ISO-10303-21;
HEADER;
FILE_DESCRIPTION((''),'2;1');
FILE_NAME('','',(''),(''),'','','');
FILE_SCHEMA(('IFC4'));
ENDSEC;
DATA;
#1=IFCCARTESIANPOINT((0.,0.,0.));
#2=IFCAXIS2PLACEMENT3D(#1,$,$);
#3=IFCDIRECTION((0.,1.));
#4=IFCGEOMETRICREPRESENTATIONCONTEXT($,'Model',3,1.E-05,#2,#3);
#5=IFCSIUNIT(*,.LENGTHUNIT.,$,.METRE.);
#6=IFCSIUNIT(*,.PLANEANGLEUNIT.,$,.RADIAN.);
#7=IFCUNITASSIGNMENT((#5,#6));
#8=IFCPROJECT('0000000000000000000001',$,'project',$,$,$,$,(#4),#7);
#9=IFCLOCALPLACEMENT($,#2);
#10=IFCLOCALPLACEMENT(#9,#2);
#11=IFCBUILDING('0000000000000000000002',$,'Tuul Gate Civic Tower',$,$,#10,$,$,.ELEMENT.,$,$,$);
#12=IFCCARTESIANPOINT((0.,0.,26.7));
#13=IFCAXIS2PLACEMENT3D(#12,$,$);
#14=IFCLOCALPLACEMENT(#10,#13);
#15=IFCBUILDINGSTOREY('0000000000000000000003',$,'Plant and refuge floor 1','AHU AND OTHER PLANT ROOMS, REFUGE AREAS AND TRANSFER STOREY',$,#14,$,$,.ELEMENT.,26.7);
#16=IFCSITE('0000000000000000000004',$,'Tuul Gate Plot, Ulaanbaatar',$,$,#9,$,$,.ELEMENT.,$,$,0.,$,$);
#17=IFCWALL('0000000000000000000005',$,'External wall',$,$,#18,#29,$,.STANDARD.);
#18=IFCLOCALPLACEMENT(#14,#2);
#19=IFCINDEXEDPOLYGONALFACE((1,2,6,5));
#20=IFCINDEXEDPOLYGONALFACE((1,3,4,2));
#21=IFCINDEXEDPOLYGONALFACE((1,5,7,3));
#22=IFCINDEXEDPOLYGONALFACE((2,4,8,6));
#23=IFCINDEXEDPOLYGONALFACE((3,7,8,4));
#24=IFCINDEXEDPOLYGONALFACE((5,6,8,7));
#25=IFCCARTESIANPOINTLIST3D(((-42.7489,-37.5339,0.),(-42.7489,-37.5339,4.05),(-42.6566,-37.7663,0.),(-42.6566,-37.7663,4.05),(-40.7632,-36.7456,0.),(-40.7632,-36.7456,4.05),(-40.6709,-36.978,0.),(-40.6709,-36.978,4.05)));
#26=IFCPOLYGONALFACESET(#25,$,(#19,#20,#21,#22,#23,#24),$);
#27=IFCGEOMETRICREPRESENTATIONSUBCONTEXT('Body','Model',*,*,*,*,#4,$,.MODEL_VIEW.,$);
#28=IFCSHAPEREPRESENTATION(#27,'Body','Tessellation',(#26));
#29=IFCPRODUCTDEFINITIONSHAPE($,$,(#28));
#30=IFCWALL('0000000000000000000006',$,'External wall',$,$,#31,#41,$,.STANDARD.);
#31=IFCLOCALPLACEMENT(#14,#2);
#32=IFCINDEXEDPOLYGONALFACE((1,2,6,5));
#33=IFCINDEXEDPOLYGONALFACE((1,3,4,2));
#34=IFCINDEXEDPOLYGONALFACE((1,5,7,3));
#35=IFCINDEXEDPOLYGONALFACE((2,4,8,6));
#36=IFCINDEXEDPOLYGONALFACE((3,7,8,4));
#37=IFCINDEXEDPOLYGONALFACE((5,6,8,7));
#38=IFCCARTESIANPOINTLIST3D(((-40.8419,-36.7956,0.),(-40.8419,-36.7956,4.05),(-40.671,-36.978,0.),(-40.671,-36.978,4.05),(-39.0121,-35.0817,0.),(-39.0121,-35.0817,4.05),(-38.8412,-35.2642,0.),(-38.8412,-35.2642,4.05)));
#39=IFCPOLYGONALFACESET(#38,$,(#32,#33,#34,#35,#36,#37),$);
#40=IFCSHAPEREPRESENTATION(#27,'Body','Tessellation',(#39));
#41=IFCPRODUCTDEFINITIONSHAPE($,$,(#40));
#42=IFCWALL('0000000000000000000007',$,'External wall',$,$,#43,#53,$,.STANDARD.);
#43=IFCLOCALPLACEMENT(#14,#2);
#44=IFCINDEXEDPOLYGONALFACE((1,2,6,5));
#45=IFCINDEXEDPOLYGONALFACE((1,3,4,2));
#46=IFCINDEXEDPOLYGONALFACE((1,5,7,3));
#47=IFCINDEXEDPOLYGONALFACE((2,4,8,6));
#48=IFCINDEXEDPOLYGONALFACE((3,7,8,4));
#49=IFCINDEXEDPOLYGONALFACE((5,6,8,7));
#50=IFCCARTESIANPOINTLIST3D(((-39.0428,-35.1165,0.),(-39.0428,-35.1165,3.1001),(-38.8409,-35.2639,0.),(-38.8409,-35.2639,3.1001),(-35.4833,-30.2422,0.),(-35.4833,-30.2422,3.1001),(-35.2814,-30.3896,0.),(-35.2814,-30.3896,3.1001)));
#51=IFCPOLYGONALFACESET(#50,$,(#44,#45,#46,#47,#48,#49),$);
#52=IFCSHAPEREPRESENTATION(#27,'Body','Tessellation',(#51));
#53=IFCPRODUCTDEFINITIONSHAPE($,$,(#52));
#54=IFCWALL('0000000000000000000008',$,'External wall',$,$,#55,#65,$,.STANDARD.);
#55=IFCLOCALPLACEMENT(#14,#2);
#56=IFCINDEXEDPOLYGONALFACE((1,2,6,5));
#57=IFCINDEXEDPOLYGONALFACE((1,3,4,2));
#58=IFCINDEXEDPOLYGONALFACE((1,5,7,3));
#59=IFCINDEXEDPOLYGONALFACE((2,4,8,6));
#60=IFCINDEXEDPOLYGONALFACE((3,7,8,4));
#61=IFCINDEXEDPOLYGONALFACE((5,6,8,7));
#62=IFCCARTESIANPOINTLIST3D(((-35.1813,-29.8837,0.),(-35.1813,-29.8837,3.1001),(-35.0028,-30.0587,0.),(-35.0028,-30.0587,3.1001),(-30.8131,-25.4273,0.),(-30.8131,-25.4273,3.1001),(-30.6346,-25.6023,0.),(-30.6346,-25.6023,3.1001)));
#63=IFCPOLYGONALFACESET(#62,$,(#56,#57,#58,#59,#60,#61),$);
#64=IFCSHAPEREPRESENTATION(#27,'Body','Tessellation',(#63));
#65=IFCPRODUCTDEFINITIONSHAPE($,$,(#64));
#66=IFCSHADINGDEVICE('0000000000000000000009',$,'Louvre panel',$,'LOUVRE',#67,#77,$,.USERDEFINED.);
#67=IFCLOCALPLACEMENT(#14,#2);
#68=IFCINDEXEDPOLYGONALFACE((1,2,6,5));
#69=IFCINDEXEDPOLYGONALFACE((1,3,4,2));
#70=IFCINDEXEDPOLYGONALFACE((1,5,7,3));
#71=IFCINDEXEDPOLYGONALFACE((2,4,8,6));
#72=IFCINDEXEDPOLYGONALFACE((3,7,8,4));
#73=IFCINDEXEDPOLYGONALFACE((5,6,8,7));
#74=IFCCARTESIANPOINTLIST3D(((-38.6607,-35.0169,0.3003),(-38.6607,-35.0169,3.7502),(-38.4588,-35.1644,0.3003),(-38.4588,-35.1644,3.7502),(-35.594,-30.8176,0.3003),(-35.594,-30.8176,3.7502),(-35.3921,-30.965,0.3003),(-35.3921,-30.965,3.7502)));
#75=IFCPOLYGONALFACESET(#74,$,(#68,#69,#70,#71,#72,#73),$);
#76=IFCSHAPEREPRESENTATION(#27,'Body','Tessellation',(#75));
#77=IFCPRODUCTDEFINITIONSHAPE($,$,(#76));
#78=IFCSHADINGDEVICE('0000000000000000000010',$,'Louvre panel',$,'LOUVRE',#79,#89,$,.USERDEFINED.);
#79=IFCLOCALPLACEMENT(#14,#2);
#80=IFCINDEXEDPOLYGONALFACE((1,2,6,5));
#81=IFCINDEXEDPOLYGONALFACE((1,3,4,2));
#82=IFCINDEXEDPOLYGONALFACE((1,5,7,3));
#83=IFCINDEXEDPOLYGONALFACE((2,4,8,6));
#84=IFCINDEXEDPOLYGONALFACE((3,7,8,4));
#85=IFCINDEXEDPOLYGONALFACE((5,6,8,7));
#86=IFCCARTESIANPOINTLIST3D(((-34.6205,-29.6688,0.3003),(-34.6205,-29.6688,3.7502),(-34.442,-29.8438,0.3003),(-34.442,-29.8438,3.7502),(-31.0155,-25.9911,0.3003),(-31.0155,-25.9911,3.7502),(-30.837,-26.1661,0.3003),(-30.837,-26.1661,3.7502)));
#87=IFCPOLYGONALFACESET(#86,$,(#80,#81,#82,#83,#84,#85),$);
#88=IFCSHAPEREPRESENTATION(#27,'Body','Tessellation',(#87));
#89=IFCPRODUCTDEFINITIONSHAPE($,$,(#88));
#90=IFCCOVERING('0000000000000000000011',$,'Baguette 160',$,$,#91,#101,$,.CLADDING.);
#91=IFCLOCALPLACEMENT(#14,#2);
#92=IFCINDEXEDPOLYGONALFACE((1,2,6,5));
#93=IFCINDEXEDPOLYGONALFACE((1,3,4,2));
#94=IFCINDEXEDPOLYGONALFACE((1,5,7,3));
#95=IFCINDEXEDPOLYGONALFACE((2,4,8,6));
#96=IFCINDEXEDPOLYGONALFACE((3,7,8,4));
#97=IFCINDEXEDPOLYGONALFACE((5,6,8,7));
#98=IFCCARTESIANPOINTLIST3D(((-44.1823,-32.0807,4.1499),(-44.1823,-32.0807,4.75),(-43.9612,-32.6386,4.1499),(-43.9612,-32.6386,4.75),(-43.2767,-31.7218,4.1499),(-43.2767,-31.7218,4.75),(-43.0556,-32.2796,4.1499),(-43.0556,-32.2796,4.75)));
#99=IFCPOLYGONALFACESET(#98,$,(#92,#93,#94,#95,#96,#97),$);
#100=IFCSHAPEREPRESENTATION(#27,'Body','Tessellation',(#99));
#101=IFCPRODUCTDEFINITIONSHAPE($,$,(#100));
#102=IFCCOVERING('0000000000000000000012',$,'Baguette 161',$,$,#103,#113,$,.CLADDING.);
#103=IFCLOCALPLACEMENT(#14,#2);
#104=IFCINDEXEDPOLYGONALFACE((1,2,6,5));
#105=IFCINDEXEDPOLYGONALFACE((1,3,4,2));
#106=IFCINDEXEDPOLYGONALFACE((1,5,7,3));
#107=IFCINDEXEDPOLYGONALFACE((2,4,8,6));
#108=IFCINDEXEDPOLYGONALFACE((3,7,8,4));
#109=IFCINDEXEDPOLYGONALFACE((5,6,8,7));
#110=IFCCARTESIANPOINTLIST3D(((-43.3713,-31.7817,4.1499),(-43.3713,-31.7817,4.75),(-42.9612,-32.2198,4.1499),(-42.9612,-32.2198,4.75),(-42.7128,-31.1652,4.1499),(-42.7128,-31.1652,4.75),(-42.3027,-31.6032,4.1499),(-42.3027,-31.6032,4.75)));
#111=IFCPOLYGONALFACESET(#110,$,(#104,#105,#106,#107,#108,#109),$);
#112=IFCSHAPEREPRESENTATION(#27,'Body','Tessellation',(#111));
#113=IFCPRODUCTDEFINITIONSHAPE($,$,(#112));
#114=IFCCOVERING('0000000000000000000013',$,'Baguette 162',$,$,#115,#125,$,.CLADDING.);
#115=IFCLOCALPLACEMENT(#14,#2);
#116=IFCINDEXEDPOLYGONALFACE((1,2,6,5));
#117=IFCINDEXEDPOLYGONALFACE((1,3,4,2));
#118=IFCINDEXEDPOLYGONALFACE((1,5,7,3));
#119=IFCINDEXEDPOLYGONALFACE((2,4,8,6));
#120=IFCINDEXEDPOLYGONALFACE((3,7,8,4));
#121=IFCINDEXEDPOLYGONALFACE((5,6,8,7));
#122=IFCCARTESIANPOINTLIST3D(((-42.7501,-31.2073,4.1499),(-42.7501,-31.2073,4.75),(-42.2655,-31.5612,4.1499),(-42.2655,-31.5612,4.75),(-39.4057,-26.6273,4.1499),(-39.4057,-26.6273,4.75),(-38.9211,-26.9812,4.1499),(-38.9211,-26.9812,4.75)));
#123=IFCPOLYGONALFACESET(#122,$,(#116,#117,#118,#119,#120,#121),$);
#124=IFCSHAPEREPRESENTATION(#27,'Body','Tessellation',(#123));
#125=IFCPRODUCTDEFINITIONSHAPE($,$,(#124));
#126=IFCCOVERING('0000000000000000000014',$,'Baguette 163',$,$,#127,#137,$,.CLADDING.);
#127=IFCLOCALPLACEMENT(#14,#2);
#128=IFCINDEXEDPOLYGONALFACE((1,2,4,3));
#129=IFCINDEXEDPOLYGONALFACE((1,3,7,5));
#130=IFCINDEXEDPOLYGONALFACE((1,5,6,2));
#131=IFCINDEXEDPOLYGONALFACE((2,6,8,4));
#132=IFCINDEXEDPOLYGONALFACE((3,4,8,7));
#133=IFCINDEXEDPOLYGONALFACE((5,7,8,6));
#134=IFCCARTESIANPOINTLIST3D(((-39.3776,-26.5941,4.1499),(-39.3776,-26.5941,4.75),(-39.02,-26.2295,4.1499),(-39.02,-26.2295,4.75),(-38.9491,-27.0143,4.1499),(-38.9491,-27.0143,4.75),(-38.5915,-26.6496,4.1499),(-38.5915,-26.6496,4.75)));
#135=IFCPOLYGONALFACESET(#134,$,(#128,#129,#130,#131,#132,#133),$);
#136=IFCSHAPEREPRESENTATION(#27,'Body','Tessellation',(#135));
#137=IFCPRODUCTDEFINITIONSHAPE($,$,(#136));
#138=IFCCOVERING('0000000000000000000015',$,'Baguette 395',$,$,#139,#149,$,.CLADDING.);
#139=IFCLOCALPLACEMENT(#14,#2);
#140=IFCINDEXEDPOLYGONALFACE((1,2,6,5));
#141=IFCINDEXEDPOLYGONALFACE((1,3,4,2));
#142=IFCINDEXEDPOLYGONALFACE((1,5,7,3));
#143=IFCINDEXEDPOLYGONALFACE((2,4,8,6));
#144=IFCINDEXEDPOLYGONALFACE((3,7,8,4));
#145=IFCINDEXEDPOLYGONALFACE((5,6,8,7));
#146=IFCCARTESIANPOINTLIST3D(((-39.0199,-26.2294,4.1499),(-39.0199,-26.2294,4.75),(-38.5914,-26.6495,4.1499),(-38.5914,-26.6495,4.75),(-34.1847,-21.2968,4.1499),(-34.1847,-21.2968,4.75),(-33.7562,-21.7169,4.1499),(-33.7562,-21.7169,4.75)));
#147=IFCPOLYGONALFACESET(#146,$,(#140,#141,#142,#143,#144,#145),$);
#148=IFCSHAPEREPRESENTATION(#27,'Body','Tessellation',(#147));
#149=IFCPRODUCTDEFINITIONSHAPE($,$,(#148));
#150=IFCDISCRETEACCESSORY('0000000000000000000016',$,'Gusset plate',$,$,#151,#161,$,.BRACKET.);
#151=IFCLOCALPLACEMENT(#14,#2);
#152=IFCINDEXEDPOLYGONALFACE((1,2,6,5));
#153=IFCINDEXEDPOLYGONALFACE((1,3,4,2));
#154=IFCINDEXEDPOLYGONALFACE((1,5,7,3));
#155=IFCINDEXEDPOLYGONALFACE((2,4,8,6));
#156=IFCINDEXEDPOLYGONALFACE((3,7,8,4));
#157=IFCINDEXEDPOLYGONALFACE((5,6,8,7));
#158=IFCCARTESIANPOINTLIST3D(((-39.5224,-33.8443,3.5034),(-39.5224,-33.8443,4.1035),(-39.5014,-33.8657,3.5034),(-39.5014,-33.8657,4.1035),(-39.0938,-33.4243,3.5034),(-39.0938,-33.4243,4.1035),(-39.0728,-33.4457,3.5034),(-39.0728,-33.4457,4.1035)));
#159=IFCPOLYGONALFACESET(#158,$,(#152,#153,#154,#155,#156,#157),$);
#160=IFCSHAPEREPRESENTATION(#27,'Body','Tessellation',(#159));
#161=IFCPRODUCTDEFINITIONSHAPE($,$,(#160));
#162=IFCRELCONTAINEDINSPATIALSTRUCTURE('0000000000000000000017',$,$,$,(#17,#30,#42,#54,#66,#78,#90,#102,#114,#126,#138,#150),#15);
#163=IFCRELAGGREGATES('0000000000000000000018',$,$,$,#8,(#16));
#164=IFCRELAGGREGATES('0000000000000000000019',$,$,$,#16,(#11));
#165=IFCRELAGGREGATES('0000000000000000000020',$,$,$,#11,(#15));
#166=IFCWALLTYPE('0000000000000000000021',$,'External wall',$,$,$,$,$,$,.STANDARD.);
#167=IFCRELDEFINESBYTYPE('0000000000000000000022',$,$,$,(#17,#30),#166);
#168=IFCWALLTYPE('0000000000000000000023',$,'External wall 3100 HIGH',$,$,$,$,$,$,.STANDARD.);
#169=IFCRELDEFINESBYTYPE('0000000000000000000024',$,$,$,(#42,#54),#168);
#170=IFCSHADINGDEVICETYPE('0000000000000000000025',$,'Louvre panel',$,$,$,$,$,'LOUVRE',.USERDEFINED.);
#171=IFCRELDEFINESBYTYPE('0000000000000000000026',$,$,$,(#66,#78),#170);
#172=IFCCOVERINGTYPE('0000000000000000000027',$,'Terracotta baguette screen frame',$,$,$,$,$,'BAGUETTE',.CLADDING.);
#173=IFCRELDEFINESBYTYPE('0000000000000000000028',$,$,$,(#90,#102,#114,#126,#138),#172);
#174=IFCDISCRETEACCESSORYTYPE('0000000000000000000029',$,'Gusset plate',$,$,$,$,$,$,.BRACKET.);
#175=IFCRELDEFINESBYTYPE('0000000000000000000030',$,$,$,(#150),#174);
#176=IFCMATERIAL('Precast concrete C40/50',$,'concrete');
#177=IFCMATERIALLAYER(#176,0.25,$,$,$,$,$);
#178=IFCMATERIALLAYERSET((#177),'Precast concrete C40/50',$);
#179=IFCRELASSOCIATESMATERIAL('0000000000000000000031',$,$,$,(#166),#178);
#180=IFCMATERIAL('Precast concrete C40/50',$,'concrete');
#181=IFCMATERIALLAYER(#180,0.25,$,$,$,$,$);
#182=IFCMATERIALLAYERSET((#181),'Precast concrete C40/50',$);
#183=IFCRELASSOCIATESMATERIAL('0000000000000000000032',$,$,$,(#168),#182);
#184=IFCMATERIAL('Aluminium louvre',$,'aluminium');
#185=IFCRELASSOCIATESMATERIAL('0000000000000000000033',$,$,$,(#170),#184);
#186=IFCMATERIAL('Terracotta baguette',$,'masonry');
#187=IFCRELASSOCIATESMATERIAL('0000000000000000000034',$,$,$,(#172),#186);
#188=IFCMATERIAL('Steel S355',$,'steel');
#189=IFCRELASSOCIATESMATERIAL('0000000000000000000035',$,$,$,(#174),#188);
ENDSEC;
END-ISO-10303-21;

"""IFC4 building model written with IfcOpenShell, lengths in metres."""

from ifc_helpers import new_model, si_unit, direction, frame, frame_2d, origin, origin_2d, place, context, subcontext, project, spatial, rectangle, extrude, material, layer, layer_set, material_profile, profile_set, type_object, element, save


model = new_model("IFC4")

# Units and contexts
model_context = context("Model", 3, precision=1e-05, world=origin(), true_north=direction((0.0, 1.0)))
body_context = subcontext(model_context, "Body", "Model", "MODEL_VIEW")
ifc_project = project(units=[si_unit("LENGTHUNIT", "METRE"), si_unit("PLANEANGLEUNIT", "RADIAN")], contexts=[model_context])

# Site, building, storey
site_placement = place(None, origin())
site = spatial("IfcSite", under=ifc_project, at=site_placement, Name="Tuul Gate Plot, Ulaanbaatar", CompositionType="ELEMENT", RefElevation=0.0)
building_placement = place(site_placement, origin())
building = spatial("IfcBuilding", under=site, at=building_placement, Name="Tuul Gate Civic Tower", CompositionType="ELEMENT")
storey_placement = place(building_placement, frame((0.0, 0.0, 26.7)))
storey = spatial("IfcBuildingStorey", under=building, at=storey_placement, Name="Plant and refuge floor 1", Description="AHU AND OTHER PLANT ROOMS, REFUGE AREAS AND TRANSFER STOREY", CompositionType="ELEMENT", Elevation=26.7)

# Walls
ifc_material_1 = material(Name="Precast concrete C40/50", Category="concrete")
ifc_layer_1 = layer(ifc_material_1, 0.25)
ifc_layer_set_1 = layer_set([ifc_layer_1], Name="Precast concrete C40/50")
wall_type_1 = type_object("IfcWallType", Name="External wall", PredefinedType="STANDARD", material=ifc_layer_set_1)
wall_1_placement = place(storey_placement, frame((-42.7029, -37.6501, 0.0), z_axis=(0.0, 0.0, 1.0), x_axis=(0.929443, 0.368966, 0.0)))
element("IfcWall", 1, at=wall_1_placement, inside=storey, type_object=wall_type_1, Name="External wall", PredefinedType="STANDARD", context=body_context, shape_type="SweptSolid", body=[
    extrude(rectangle(XDim=2.1365, YDim=0.25, at=frame_2d((1.0684, 0.0))), origin(), (0.0, 0.0, 1.0), 4.05),
])
wall_2_placement = place(storey_placement, frame((-40.7563, -36.8867, 0.0), z_axis=(0.0, 0.0, 1.0), x_axis=(0.729856, 0.683601, 0.0)))
element("IfcWall", 2, at=wall_2_placement, inside=storey, type_object=wall_type_1, Name="External wall", PredefinedType="STANDARD", context=body_context, shape_type="SweptSolid", body=[
    extrude(rectangle(XDim=2.5071, YDim=0.25, at=frame_2d((1.2534, 0.0))), origin(), (0.0, 0.0, 1.0), 4.05),
])
ifc_material_2 = material(Name="Precast concrete C40/50", Category="concrete")
ifc_layer_2 = layer(ifc_material_2, 0.25)
ifc_layer_set_2 = layer_set([ifc_layer_2], Name="Precast concrete C40/50")
wall_type_2 = type_object("IfcWallType", Name="External wall 3100 HIGH", PredefinedType="STANDARD", material=ifc_layer_set_2)
wall_3_placement = place(storey_placement, frame((-38.9419, -35.1902, 0.0), z_axis=(0.0, 0.0, 1.0), x_axis=(0.589758, 0.80758, 0.0)))
element("IfcWall", 3, at=wall_3_placement, inside=storey, type_object=wall_type_2, Name="External wall", PredefinedType="STANDARD", context=body_context, shape_type="SweptSolid", body=[
    extrude(rectangle(XDim=6.0356, YDim=0.25, at=frame_2d((3.0178, 0.0))), origin(), (0.0, 0.0, 1.0), 3.1001),
])
wall_4_placement = place(storey_placement, frame((-35.092, -29.9712, 0.0), z_axis=(0.0, 0.0, 1.0), x_axis=(0.70001, 0.714133, 0.0)))
element("IfcWall", 4, at=wall_4_placement, inside=storey, type_object=wall_type_2, Name="External wall", PredefinedType="STANDARD", context=body_context, shape_type="SweptSolid", body=[
    extrude(rectangle(XDim=6.2402, YDim=0.25, at=frame_2d((3.1201, 0.0))), origin(), (0.0, 0.0, 1.0), 3.1001),
])

# Shading devices
ifc_material_3 = material(Name="Aluminium louvre", Category="aluminium")
shading_device_type = type_object("IfcShadingDeviceType", Name="Louvre panel", ElementType="LOUVRE", PredefinedType="USERDEFINED", material=ifc_material_3)
shading_device_1_placement = place(storey_placement, frame((-37.0264, -32.991, 0.3003), z_axis=(0.0, 0.0, 1.0), x_axis=(0.807581, -0.589756, 0.0)))
element("IfcShadingDevice", 5, at=shading_device_1_placement, inside=storey, type_object=shading_device_type, Name="Louvre panel", ObjectType="LOUVRE", PredefinedType="USERDEFINED", context=body_context, shape_type="SweptSolid", body=[
    extrude(rectangle(XDim=0.25, YDim=5.2, at=origin_2d()), origin(), (0.0, 0.0, 1.0), 3.45),
])
shading_device_2_placement = place(storey_placement, frame((-32.7288, -27.9175, 0.3003), z_axis=(0.0, 0.0, 1.0), x_axis=(0.714132, -0.700011, 0.0)))
element("IfcShadingDevice", 6, at=shading_device_2_placement, inside=storey, type_object=shading_device_type, Name="Louvre panel", ObjectType="LOUVRE", PredefinedType="USERDEFINED", context=body_context, shape_type="SweptSolid", body=[
    extrude(rectangle(XDim=0.25, YDim=5.1499, at=origin_2d()), origin(), (0.0, 0.0, 1.0), 3.45),
])

# Coverings
ifc_material_4 = material(Name="Terracotta baguette", Category="masonry")
ifc_material_profile_1 = material_profile(ifc_material_4, rectangle(XDim=0.6001, YDim=0.6001, at=origin_2d()), Name="Terracotta baguette screen frame")
ifc_profile_set_1 = profile_set([ifc_material_profile_1], Name="Terracotta baguette")
covering_type = type_object("IfcCoveringType", Name="Terracotta baguette screen frame", ElementType="BAGUETTE", PredefinedType="CLADDING", material=ifc_profile_set_1)
covering_1_placement = place(storey_placement, frame((-44.0718, -32.3596, 4.45), z_axis=(0.929647, 0.36845, 0.0), x_axis=(-0.36845, 0.929647, 0.0)))
element("IfcCovering", 7, at=covering_1_placement, inside=storey, type_object=covering_type, Name="Baguette 160", PredefinedType="CLADDING", context=body_context, shape_type="SweptSolid", body=[
    extrude(rectangle(XDim=0.6001, YDim=0.6001, at=origin_2d()), origin(), (0.0, 0.0, 1.0), 0.9741),
])
covering_2_placement = place(storey_placement, frame((-43.1663, -32.0007, 4.45), z_axis=(0.730001, 0.683446, 0.0), x_axis=(-0.683446, 0.730001, 0.0)))
element("IfcCovering", 8, at=covering_2_placement, inside=storey, type_object=covering_type, Name="Baguette 161", PredefinedType="CLADDING", context=body_context, shape_type="SweptSolid", body=[
    extrude(rectangle(XDim=0.6001, YDim=0.6001, at=origin_2d()), origin(), (0.0, 0.0, 1.0), 0.9021),
])
covering_3_placement = place(storey_placement, frame((-42.5078, -31.3843, 4.45), z_axis=(0.589729, 0.807601, 0.0), x_axis=(-0.807601, 0.589729, 0.0)))
element("IfcCovering", 9, at=covering_3_placement, inside=storey, type_object=covering_type, Name="Baguette 162", PredefinedType="CLADDING", context=body_context, shape_type="SweptSolid", body=[
    extrude(rectangle(XDim=0.6001, YDim=0.6001, at=origin_2d()), origin(), (0.0, 0.0, 1.0), 5.6711),
])
covering_4_placement = place(storey_placement, frame((-39.1633, -26.8042, 4.45), z_axis=(0.700143, 0.714003, 0.0), x_axis=(-0.714003, 0.700143, 0.0)))
element("IfcCovering", 10, at=covering_4_placement, inside=storey, type_object=covering_type, Name="Baguette 163", PredefinedType="CLADDING", context=body_context, shape_type="SweptSolid", body=[
    extrude(rectangle(XDim=0.6001, YDim=0.6001, at=origin_2d()), origin(), (0.0, 0.0, 1.0), 0.5107),
])
covering_5_placement = place(storey_placement, frame((-38.8057, -26.4395, 4.45), z_axis=(0.70002, 0.714123, 0.0), x_axis=(-0.714123, 0.70002, 0.0)))
element("IfcCovering", 11, at=covering_5_placement, inside=storey, type_object=covering_type, Name="Baguette 395", PredefinedType="CLADDING", context=body_context, shape_type="SweptSolid", body=[
    extrude(rectangle(XDim=0.6001, YDim=0.6001, at=origin_2d()), origin(), (0.0, 0.0, 1.0), 6.9072),
])

# Discrete accessory
ifc_material_5 = material(Name="Steel S355", Category="steel")
discrete_accessory_type = type_object("IfcDiscreteAccessoryType", Name="Gusset plate", PredefinedType="BRACKET", material=ifc_material_5)
discrete_accessory_placement = place(storey_placement, frame((-39.2976, -33.645, 3.5034), z_axis=(0.0, 0.0, 1.0), x_axis=(-0.714249, -0.699891, 0.0)))
element("IfcDiscreteAccessory", 12, at=discrete_accessory_placement, inside=storey, type_object=discrete_accessory_type, Name="Gusset plate", PredefinedType="BRACKET", context=body_context, shape_type="SweptSolid", body=[
    extrude(rectangle(XDim=0.6001, YDim=0.03, at=origin_2d()), origin(), (0.0, 0.0, 1.0), 0.6001),
])

save(model, "model.ifc")
